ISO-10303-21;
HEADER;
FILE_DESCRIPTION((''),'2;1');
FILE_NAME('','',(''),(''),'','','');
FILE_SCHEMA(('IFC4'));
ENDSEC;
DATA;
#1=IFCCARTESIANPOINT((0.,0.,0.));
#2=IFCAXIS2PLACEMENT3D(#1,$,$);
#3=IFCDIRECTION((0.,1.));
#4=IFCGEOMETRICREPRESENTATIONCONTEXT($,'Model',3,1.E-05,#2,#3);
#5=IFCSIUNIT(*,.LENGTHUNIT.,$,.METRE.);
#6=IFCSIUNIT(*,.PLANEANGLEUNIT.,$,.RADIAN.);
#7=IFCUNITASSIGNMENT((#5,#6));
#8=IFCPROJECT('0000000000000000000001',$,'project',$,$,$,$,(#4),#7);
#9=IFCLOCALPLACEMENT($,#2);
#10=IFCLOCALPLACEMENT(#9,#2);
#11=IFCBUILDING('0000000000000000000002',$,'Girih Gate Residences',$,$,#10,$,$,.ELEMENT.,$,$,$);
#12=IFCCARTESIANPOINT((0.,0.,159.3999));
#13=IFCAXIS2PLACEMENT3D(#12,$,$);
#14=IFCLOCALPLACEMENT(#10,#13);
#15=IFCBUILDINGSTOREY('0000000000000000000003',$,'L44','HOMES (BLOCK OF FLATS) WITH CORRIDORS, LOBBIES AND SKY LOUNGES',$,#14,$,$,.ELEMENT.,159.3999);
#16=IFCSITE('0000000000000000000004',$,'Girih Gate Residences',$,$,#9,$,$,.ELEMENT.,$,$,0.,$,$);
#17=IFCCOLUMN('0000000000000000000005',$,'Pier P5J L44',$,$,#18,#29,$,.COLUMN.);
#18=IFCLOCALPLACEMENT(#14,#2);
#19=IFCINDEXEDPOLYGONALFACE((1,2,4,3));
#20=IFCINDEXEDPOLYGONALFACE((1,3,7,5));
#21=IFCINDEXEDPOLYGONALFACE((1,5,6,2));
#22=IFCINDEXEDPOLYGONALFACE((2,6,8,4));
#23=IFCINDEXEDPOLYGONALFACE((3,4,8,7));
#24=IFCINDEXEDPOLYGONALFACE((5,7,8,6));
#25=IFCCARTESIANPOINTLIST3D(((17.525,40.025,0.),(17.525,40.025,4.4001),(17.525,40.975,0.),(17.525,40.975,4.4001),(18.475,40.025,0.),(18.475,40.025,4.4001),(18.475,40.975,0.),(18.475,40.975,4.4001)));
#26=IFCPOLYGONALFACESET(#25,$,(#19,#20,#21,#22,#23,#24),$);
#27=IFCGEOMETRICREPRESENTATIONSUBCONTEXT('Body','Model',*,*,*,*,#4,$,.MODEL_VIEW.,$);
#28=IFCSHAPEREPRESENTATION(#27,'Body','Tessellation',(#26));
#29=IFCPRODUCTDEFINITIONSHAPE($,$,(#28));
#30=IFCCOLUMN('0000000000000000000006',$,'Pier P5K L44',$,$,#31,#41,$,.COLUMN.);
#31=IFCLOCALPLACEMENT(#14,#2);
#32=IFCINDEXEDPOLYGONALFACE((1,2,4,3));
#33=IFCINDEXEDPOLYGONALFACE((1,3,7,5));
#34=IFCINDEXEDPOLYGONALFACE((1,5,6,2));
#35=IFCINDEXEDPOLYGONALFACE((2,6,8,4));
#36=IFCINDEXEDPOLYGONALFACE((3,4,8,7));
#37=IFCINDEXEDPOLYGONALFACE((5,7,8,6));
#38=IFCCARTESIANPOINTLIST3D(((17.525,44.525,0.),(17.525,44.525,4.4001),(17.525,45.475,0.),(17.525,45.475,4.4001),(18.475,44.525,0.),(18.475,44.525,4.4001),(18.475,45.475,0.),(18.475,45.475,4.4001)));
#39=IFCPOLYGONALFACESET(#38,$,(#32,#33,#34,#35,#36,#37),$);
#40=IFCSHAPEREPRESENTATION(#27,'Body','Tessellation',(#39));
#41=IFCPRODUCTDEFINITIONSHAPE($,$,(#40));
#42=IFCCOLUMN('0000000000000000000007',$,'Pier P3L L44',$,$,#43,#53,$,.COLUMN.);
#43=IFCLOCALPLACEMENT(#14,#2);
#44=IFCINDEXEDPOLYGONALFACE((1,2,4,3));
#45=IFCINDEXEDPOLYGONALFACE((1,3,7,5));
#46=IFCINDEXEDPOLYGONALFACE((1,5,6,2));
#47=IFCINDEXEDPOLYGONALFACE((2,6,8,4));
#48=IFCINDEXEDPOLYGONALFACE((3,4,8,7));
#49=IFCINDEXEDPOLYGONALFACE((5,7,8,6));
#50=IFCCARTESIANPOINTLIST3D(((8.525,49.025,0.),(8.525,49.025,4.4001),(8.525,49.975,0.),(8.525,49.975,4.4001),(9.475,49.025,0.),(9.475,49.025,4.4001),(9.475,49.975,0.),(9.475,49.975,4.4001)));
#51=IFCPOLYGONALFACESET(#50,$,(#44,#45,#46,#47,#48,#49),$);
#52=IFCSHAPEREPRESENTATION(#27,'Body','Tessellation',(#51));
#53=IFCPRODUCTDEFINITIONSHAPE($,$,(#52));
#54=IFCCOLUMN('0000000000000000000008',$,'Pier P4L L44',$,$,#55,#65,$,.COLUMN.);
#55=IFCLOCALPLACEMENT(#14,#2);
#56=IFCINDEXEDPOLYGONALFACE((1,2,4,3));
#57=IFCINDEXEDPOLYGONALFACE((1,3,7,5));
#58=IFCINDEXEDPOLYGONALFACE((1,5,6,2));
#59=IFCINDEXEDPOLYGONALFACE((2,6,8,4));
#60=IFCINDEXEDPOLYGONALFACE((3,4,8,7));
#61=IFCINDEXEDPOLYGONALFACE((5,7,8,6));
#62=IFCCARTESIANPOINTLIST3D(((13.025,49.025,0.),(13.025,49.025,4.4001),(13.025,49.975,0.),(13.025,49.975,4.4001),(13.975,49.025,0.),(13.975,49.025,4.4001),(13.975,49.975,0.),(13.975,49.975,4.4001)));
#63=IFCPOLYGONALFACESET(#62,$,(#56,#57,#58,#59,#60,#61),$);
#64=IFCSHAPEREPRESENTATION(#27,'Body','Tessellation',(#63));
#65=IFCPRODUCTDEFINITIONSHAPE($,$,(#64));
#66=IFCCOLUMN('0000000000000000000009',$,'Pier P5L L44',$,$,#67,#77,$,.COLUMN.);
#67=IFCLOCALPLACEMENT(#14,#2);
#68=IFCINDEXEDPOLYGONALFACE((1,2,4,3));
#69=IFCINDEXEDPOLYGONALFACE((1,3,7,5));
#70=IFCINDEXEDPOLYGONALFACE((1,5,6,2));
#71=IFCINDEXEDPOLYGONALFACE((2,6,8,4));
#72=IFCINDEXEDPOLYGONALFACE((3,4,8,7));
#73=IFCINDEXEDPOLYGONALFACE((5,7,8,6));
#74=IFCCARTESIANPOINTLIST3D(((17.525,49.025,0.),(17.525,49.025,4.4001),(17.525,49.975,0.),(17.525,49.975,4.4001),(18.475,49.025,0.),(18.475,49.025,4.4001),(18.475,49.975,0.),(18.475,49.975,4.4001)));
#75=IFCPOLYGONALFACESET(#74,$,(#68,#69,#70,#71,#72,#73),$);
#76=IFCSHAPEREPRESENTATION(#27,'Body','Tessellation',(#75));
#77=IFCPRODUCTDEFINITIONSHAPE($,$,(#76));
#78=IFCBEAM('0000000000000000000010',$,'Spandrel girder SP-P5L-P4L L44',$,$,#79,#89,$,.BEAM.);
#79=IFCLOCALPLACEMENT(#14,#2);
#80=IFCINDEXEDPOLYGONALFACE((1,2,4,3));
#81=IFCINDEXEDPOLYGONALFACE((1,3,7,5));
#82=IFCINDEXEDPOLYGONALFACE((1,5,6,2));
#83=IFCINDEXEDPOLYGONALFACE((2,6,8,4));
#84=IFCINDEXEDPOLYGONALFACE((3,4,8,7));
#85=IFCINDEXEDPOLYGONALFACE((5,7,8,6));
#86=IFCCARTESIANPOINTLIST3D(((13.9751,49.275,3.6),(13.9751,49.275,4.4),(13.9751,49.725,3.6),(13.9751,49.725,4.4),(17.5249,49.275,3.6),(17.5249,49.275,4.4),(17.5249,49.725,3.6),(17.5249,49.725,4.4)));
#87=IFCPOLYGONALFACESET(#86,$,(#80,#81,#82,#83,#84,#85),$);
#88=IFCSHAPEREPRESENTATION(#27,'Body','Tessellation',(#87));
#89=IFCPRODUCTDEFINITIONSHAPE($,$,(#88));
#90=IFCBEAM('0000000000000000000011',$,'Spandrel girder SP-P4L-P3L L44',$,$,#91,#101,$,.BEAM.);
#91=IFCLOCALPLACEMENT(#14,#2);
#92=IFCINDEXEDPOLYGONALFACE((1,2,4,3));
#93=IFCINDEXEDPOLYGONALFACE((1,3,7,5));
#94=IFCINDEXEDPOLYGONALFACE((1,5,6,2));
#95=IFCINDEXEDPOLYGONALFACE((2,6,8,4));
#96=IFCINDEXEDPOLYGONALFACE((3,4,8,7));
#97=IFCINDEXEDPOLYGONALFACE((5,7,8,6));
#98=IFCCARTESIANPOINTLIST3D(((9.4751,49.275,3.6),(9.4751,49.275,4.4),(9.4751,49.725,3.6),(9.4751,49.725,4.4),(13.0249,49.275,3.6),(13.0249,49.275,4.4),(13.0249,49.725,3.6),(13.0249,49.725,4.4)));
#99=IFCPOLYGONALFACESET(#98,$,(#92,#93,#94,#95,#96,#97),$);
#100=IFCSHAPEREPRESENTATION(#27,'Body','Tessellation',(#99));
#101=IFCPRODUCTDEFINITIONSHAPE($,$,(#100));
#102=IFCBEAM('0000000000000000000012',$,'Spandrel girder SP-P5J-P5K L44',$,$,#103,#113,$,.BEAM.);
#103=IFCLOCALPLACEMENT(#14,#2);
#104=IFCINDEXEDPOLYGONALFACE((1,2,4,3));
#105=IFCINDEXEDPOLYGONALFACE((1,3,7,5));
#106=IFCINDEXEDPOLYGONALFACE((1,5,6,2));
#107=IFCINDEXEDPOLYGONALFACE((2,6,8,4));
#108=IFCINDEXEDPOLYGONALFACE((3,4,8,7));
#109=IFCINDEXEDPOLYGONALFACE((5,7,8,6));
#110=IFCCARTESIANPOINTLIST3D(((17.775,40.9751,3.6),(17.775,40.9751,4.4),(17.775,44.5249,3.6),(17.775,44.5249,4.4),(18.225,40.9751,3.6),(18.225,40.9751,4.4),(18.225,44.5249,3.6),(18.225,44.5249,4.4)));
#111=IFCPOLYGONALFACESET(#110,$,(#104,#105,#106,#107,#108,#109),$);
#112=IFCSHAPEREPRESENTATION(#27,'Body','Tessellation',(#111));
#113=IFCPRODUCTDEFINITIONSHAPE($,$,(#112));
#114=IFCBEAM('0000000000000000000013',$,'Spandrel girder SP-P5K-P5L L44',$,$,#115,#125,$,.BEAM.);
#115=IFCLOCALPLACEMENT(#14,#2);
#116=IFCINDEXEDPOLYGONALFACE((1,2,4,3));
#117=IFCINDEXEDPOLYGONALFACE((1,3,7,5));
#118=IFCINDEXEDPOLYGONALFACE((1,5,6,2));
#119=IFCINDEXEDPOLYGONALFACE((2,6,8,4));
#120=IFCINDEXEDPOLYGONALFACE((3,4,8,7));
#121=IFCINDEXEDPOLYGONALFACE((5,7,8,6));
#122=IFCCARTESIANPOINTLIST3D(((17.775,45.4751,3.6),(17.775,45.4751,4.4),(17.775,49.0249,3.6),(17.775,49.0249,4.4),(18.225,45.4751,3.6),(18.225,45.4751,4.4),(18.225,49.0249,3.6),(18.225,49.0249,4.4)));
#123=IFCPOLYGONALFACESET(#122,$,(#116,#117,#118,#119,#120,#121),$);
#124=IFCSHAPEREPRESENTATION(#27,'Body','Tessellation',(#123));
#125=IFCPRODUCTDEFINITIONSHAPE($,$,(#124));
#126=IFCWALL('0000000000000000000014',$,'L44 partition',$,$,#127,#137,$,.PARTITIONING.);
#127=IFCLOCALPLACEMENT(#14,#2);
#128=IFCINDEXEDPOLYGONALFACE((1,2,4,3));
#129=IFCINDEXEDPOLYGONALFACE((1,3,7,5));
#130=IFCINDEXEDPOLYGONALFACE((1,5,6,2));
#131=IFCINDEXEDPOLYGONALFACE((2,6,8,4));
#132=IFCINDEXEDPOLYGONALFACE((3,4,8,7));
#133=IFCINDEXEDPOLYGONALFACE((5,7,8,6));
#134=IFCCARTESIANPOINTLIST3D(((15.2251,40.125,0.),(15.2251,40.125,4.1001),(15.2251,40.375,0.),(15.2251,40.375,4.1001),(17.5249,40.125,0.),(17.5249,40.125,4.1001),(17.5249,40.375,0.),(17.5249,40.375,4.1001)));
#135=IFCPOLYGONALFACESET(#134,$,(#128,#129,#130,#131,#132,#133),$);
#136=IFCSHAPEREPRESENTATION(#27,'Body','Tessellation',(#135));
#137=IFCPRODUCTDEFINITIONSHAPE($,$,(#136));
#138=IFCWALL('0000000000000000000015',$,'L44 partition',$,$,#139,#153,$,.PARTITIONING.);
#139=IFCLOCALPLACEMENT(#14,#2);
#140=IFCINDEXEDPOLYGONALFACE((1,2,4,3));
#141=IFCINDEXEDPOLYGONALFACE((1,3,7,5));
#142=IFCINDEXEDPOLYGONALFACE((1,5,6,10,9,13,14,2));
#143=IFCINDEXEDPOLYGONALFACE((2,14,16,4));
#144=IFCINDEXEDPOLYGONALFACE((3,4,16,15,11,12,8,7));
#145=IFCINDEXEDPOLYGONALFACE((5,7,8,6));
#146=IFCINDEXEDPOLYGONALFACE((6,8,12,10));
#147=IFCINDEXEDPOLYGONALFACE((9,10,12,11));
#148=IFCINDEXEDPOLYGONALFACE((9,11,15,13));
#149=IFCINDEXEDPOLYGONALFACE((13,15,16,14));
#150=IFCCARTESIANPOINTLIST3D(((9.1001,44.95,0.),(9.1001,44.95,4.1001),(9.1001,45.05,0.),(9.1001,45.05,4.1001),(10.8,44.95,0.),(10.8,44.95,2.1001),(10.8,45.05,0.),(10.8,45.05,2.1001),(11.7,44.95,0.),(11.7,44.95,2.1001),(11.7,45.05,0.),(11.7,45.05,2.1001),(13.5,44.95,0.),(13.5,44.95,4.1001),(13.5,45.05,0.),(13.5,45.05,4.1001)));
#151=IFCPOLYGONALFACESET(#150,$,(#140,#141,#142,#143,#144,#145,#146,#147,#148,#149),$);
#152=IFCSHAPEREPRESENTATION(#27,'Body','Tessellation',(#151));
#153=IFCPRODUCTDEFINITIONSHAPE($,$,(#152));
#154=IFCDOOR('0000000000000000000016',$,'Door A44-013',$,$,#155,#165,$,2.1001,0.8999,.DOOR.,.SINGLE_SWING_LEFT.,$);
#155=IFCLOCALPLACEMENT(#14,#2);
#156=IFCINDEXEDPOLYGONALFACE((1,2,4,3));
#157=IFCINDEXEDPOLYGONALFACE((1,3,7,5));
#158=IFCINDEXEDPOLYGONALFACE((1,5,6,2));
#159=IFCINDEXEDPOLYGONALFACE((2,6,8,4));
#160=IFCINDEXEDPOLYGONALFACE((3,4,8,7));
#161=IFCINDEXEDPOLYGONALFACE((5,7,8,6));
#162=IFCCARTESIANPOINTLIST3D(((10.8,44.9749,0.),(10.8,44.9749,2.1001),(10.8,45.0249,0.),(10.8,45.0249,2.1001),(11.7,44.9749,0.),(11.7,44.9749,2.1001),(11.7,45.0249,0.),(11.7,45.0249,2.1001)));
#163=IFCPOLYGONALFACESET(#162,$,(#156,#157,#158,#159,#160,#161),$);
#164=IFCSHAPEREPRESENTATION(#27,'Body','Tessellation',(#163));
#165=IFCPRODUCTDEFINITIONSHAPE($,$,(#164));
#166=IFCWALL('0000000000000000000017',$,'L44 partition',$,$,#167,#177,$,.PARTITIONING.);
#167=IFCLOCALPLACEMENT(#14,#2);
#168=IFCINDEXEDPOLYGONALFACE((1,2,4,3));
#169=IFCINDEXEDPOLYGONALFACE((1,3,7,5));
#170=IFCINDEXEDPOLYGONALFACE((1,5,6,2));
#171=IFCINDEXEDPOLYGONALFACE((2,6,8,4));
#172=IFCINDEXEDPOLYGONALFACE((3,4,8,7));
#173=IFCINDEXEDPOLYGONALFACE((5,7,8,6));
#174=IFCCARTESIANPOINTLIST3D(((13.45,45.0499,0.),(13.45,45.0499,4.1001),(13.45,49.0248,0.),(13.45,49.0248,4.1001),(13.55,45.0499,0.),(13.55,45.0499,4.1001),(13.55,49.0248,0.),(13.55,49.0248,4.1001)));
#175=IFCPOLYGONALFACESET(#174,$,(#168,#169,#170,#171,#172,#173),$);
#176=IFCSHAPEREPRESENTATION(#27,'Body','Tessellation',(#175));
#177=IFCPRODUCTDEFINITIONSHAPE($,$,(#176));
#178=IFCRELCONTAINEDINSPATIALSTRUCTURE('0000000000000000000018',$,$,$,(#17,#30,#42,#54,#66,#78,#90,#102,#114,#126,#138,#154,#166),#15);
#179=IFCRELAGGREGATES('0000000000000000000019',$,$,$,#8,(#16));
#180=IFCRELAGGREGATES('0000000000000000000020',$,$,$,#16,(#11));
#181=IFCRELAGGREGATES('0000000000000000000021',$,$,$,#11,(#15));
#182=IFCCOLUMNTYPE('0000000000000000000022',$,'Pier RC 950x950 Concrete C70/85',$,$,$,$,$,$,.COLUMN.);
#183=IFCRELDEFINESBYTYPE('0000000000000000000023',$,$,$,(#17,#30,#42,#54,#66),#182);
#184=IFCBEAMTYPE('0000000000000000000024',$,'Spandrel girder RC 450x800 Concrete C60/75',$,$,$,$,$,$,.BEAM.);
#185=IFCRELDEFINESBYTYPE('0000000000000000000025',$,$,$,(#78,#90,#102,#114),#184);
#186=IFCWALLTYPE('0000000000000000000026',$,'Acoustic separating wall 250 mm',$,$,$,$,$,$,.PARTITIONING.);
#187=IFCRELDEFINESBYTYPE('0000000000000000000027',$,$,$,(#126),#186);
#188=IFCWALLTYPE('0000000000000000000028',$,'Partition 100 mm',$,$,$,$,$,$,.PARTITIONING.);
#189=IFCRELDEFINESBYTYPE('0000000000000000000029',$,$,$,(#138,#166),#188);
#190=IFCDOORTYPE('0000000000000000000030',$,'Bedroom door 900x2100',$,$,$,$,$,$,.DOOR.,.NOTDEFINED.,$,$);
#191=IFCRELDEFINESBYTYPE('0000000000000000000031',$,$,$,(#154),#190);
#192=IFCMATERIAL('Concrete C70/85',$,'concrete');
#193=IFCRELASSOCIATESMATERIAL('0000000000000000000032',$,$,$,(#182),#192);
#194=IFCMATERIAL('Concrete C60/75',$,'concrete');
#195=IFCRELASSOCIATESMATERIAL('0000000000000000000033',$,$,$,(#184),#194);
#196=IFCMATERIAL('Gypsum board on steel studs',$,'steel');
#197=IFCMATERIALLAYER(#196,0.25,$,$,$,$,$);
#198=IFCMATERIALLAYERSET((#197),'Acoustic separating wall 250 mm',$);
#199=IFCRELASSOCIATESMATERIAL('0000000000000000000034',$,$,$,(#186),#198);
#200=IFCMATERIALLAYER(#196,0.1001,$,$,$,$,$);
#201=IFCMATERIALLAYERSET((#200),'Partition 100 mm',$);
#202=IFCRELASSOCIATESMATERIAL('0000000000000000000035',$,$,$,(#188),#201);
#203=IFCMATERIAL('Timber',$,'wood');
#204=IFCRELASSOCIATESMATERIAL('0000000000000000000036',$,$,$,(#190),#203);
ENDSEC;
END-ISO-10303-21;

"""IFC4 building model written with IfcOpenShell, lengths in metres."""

from ifc_helpers import new_model, si_unit, direction, frame, frame_2d, origin, origin_2d, place, context, subcontext, project, spatial, rectangle, extrude, material, layer, layer_set, material_profile, profile_set, type_object, element, fill, save


model = new_model("IFC4")

# Units and contexts
model_context = context("Model", 3, precision=1e-05, world=origin(), true_north=direction((0.0, 1.0)))
body_context = subcontext(model_context, "Body", "Model", "MODEL_VIEW")
ifc_project = project(units=[si_unit("LENGTHUNIT", "METRE"), si_unit("PLANEANGLEUNIT", "RADIAN")], contexts=[model_context])

# Site, building, storey
site_placement = place(None, origin())
site = spatial("IfcSite", under=ifc_project, at=site_placement, Name="Girih Gate Residences", CompositionType="ELEMENT", RefElevation=0.0)
building_placement = place(site_placement, origin())
building = spatial("IfcBuilding", under=site, at=building_placement, Name="Girih Gate Residences", CompositionType="ELEMENT")
storey_placement = place(building_placement, frame((0.0, 0.0, 159.3999)))
storey = spatial("IfcBuildingStorey", under=building, at=storey_placement, Name="L44", Description="HOMES (BLOCK OF FLATS) WITH CORRIDORS, LOBBIES AND SKY LOUNGES", CompositionType="ELEMENT", Elevation=159.3999)

# Columns
ifc_material_1 = material(Name="Concrete C70/85", Category="concrete")
ifc_material_profile_1 = material_profile(ifc_material_1, rectangle(XDim=0.95, YDim=0.95, at=origin_2d()))
ifc_profile_set_1 = profile_set([ifc_material_profile_1], Name="Concrete C70/85")
column_type = type_object("IfcColumnType", Name="Pier RC 950x950 Concrete C70/85", PredefinedType="COLUMN", material=ifc_profile_set_1)
for number, where, z_axis, x_axis, name in (
    (1, (18.0, 40.5, 0.0), (0.0, 0.0, 1.0), (1.0, 0.0, 0.0), "Pier P5J L44"),
    (2, (18.0, 45.0, 0.0), (0.0, 0.0, 1.0), (1.0, 0.0, 0.0), "Pier P5K L44"),
    (3, (9.0, 49.5, 0.0), (0.0, 0.0, 1.0), (1.0, 0.0, 0.0), "Pier P3L L44"),
    (4, (13.5, 49.5, 0.0), (0.0, 0.0, 1.0), (1.0, 0.0, 0.0), "Pier P4L L44"),
    (5, (18.0, 49.5, 0.0), (0.0, 0.0, 1.0), (1.0, 0.0, 0.0), "Pier P5L L44"),
):
    element("IfcColumn", number, at=place(storey_placement, frame(where, z_axis=z_axis, x_axis=x_axis)), inside=storey, type_object=column_type, Name=name, PredefinedType="COLUMN", context=body_context, shape_type="SweptSolid", body=[
        extrude(rectangle(XDim=0.95, YDim=0.95, at=origin_2d()), origin(), (0.0, 0.0, 1.0), 4.4001),
    ])

# Beams
ifc_material_2 = material(Name="Concrete C60/75", Category="concrete")
ifc_material_profile_2 = material_profile(ifc_material_2, rectangle(XDim=0.45, YDim=0.8, at=origin_2d()))
ifc_profile_set_2 = profile_set([ifc_material_profile_2], Name="Concrete C60/75")
beam_type = type_object("IfcBeamType", Name="Spandrel girder RC 450x800 Concrete C60/75", PredefinedType="BEAM", material=ifc_profile_set_2)
for number, where, z_axis, x_axis, name in (
    (6, (17.5249, 49.5, 4.0), (-1.0, 0.0, 0.0), (0.0, -1.0, 0.0), "Spandrel girder SP-P5L-P4L L44"),
    (7, (13.0249, 49.5, 4.0), (-1.0, 0.0, 0.0), (0.0, -1.0, 0.0), "Spandrel girder SP-P4L-P3L L44"),
    (8, (18.0, 40.9751, 4.0), (0.0, 1.0, 0.0), (-1.0, 0.0, 0.0), "Spandrel girder SP-P5J-P5K L44"),
    (9, (18.0, 45.4751, 4.0), (0.0, 1.0, 0.0), (-1.0, 0.0, 0.0), "Spandrel girder SP-P5K-P5L L44"),
):
    element("IfcBeam", number, at=place(storey_placement, frame(where, z_axis=z_axis, x_axis=x_axis)), inside=storey, type_object=beam_type, Name=name, PredefinedType="BEAM", context=body_context, shape_type="SweptSolid", body=[
        extrude(rectangle(XDim=0.45, YDim=0.8, at=origin_2d()), origin(), (0.0, 0.0, 1.0), 3.5498),
    ])

# Wall
ifc_material_3 = material(Name="Gypsum board on steel studs", Category="steel")
ifc_layer_1 = layer(ifc_material_3, 0.25)
ifc_layer_set_1 = layer_set([ifc_layer_1], Name="Acoustic separating wall 250 mm")
wall_type_1 = type_object("IfcWallType", Name="Acoustic separating wall 250 mm", PredefinedType="PARTITIONING", material=ifc_layer_set_1)
wall_1_placement = place(storey_placement, frame((15.2251, 40.25, 0.0), z_axis=(0.0, 0.0, 1.0), x_axis=(1.0, 0.0, 0.0)))
element("IfcWall", 10, at=wall_1_placement, inside=storey, type_object=wall_type_1, Name="L44 partition", PredefinedType="PARTITIONING", context=body_context, shape_type="SweptSolid", body=[
    extrude(rectangle(XDim=2.2998, YDim=0.25, at=frame_2d((1.1499, 0.0))), origin(), (0.0, 0.0, 1.0), 4.1001),
])

# Wall, opening, door
ifc_layer_2 = layer(ifc_material_3, 0.1001)
ifc_layer_set_2 = layer_set([ifc_layer_2], Name="Partition 100 mm")
wall_type_2 = type_object("IfcWallType", Name="Partition 100 mm", PredefinedType="PARTITIONING", material=ifc_layer_set_2)
wall_2_placement = place(storey_placement, frame((9.1001, 45.0, 0.0), z_axis=(0.0, 0.0, 1.0), x_axis=(1.0, 0.0, 0.0)))
wall_2 = element("IfcWall", 11, at=wall_2_placement, inside=storey, type_object=wall_type_2, Name="L44 partition", PredefinedType="PARTITIONING", context=body_context, shape_type="SweptSolid", body=[
    extrude(rectangle(XDim=4.3999, YDim=0.1001, at=frame_2d((2.2, 0.0))), origin(), (0.0, 0.0, 1.0), 4.1001),
])
opening_1_placement = place(wall_2_placement, frame((1.7, 0.0, 0.0)))
opening_1 = element("IfcOpeningElement", 12, at=opening_1_placement, cuts=wall_2, PredefinedType="OPENING", context=body_context, shape_type="SweptSolid", body=[
    extrude(rectangle(XDim=0.8999, YDim=2.1001, at=frame_2d((0.45, 1.05))), frame((0.0, 0.0601, 0.0), z_axis=(0.0, -1.0, 0.0), x_axis=(1.0, 0.0, 0.0)), (0.0, 0.0, 1.0), 0.1201),
])
ifc_material_4 = material(Name="Timber", Category="wood")
door_type_1 = type_object("IfcDoorType", Name="Bedroom door 900x2100", OperationType="NOTDEFINED", PredefinedType="DOOR", material=ifc_material_4)
door_1_placement = place(opening_1_placement, origin())
door_1 = element("IfcDoor", 13, at=door_1_placement, inside=storey, type_object=door_type_1, Name="Door A44-013", OperationType="SINGLE_SWING_LEFT", OverallHeight=2.1001, OverallWidth=0.8999, PredefinedType="DOOR", context=body_context, shape_type="SweptSolid", body=[
    extrude(rectangle(XDim=0.8999, YDim=2.1001, at=frame_2d((0.45, 1.05))), frame((0.0, 0.0249, 0.0), z_axis=(0.0, -1.0, 0.0), x_axis=(1.0, 0.0, 0.0)), (0.0, 0.0, 1.0), 0.05),
])
fill(opening_1, door_1)

# Wall
wall_3_placement = place(storey_placement, frame((13.5, 45.05, 0.0), z_axis=(0.0, 0.0, 1.0), x_axis=(0.0, 1.0, 0.0)))
element("IfcWall", 14, at=wall_3_placement, inside=storey, type_object=wall_type_2, Name="L44 partition", PredefinedType="PARTITIONING", context=body_context, shape_type="SweptSolid", body=[
    extrude(rectangle(XDim=3.9749, YDim=0.1001, at=frame_2d((1.9873, 0.0))), origin(), (0.0, 0.0, 1.0), 4.1001),
])

save(model, "model.ifc")
